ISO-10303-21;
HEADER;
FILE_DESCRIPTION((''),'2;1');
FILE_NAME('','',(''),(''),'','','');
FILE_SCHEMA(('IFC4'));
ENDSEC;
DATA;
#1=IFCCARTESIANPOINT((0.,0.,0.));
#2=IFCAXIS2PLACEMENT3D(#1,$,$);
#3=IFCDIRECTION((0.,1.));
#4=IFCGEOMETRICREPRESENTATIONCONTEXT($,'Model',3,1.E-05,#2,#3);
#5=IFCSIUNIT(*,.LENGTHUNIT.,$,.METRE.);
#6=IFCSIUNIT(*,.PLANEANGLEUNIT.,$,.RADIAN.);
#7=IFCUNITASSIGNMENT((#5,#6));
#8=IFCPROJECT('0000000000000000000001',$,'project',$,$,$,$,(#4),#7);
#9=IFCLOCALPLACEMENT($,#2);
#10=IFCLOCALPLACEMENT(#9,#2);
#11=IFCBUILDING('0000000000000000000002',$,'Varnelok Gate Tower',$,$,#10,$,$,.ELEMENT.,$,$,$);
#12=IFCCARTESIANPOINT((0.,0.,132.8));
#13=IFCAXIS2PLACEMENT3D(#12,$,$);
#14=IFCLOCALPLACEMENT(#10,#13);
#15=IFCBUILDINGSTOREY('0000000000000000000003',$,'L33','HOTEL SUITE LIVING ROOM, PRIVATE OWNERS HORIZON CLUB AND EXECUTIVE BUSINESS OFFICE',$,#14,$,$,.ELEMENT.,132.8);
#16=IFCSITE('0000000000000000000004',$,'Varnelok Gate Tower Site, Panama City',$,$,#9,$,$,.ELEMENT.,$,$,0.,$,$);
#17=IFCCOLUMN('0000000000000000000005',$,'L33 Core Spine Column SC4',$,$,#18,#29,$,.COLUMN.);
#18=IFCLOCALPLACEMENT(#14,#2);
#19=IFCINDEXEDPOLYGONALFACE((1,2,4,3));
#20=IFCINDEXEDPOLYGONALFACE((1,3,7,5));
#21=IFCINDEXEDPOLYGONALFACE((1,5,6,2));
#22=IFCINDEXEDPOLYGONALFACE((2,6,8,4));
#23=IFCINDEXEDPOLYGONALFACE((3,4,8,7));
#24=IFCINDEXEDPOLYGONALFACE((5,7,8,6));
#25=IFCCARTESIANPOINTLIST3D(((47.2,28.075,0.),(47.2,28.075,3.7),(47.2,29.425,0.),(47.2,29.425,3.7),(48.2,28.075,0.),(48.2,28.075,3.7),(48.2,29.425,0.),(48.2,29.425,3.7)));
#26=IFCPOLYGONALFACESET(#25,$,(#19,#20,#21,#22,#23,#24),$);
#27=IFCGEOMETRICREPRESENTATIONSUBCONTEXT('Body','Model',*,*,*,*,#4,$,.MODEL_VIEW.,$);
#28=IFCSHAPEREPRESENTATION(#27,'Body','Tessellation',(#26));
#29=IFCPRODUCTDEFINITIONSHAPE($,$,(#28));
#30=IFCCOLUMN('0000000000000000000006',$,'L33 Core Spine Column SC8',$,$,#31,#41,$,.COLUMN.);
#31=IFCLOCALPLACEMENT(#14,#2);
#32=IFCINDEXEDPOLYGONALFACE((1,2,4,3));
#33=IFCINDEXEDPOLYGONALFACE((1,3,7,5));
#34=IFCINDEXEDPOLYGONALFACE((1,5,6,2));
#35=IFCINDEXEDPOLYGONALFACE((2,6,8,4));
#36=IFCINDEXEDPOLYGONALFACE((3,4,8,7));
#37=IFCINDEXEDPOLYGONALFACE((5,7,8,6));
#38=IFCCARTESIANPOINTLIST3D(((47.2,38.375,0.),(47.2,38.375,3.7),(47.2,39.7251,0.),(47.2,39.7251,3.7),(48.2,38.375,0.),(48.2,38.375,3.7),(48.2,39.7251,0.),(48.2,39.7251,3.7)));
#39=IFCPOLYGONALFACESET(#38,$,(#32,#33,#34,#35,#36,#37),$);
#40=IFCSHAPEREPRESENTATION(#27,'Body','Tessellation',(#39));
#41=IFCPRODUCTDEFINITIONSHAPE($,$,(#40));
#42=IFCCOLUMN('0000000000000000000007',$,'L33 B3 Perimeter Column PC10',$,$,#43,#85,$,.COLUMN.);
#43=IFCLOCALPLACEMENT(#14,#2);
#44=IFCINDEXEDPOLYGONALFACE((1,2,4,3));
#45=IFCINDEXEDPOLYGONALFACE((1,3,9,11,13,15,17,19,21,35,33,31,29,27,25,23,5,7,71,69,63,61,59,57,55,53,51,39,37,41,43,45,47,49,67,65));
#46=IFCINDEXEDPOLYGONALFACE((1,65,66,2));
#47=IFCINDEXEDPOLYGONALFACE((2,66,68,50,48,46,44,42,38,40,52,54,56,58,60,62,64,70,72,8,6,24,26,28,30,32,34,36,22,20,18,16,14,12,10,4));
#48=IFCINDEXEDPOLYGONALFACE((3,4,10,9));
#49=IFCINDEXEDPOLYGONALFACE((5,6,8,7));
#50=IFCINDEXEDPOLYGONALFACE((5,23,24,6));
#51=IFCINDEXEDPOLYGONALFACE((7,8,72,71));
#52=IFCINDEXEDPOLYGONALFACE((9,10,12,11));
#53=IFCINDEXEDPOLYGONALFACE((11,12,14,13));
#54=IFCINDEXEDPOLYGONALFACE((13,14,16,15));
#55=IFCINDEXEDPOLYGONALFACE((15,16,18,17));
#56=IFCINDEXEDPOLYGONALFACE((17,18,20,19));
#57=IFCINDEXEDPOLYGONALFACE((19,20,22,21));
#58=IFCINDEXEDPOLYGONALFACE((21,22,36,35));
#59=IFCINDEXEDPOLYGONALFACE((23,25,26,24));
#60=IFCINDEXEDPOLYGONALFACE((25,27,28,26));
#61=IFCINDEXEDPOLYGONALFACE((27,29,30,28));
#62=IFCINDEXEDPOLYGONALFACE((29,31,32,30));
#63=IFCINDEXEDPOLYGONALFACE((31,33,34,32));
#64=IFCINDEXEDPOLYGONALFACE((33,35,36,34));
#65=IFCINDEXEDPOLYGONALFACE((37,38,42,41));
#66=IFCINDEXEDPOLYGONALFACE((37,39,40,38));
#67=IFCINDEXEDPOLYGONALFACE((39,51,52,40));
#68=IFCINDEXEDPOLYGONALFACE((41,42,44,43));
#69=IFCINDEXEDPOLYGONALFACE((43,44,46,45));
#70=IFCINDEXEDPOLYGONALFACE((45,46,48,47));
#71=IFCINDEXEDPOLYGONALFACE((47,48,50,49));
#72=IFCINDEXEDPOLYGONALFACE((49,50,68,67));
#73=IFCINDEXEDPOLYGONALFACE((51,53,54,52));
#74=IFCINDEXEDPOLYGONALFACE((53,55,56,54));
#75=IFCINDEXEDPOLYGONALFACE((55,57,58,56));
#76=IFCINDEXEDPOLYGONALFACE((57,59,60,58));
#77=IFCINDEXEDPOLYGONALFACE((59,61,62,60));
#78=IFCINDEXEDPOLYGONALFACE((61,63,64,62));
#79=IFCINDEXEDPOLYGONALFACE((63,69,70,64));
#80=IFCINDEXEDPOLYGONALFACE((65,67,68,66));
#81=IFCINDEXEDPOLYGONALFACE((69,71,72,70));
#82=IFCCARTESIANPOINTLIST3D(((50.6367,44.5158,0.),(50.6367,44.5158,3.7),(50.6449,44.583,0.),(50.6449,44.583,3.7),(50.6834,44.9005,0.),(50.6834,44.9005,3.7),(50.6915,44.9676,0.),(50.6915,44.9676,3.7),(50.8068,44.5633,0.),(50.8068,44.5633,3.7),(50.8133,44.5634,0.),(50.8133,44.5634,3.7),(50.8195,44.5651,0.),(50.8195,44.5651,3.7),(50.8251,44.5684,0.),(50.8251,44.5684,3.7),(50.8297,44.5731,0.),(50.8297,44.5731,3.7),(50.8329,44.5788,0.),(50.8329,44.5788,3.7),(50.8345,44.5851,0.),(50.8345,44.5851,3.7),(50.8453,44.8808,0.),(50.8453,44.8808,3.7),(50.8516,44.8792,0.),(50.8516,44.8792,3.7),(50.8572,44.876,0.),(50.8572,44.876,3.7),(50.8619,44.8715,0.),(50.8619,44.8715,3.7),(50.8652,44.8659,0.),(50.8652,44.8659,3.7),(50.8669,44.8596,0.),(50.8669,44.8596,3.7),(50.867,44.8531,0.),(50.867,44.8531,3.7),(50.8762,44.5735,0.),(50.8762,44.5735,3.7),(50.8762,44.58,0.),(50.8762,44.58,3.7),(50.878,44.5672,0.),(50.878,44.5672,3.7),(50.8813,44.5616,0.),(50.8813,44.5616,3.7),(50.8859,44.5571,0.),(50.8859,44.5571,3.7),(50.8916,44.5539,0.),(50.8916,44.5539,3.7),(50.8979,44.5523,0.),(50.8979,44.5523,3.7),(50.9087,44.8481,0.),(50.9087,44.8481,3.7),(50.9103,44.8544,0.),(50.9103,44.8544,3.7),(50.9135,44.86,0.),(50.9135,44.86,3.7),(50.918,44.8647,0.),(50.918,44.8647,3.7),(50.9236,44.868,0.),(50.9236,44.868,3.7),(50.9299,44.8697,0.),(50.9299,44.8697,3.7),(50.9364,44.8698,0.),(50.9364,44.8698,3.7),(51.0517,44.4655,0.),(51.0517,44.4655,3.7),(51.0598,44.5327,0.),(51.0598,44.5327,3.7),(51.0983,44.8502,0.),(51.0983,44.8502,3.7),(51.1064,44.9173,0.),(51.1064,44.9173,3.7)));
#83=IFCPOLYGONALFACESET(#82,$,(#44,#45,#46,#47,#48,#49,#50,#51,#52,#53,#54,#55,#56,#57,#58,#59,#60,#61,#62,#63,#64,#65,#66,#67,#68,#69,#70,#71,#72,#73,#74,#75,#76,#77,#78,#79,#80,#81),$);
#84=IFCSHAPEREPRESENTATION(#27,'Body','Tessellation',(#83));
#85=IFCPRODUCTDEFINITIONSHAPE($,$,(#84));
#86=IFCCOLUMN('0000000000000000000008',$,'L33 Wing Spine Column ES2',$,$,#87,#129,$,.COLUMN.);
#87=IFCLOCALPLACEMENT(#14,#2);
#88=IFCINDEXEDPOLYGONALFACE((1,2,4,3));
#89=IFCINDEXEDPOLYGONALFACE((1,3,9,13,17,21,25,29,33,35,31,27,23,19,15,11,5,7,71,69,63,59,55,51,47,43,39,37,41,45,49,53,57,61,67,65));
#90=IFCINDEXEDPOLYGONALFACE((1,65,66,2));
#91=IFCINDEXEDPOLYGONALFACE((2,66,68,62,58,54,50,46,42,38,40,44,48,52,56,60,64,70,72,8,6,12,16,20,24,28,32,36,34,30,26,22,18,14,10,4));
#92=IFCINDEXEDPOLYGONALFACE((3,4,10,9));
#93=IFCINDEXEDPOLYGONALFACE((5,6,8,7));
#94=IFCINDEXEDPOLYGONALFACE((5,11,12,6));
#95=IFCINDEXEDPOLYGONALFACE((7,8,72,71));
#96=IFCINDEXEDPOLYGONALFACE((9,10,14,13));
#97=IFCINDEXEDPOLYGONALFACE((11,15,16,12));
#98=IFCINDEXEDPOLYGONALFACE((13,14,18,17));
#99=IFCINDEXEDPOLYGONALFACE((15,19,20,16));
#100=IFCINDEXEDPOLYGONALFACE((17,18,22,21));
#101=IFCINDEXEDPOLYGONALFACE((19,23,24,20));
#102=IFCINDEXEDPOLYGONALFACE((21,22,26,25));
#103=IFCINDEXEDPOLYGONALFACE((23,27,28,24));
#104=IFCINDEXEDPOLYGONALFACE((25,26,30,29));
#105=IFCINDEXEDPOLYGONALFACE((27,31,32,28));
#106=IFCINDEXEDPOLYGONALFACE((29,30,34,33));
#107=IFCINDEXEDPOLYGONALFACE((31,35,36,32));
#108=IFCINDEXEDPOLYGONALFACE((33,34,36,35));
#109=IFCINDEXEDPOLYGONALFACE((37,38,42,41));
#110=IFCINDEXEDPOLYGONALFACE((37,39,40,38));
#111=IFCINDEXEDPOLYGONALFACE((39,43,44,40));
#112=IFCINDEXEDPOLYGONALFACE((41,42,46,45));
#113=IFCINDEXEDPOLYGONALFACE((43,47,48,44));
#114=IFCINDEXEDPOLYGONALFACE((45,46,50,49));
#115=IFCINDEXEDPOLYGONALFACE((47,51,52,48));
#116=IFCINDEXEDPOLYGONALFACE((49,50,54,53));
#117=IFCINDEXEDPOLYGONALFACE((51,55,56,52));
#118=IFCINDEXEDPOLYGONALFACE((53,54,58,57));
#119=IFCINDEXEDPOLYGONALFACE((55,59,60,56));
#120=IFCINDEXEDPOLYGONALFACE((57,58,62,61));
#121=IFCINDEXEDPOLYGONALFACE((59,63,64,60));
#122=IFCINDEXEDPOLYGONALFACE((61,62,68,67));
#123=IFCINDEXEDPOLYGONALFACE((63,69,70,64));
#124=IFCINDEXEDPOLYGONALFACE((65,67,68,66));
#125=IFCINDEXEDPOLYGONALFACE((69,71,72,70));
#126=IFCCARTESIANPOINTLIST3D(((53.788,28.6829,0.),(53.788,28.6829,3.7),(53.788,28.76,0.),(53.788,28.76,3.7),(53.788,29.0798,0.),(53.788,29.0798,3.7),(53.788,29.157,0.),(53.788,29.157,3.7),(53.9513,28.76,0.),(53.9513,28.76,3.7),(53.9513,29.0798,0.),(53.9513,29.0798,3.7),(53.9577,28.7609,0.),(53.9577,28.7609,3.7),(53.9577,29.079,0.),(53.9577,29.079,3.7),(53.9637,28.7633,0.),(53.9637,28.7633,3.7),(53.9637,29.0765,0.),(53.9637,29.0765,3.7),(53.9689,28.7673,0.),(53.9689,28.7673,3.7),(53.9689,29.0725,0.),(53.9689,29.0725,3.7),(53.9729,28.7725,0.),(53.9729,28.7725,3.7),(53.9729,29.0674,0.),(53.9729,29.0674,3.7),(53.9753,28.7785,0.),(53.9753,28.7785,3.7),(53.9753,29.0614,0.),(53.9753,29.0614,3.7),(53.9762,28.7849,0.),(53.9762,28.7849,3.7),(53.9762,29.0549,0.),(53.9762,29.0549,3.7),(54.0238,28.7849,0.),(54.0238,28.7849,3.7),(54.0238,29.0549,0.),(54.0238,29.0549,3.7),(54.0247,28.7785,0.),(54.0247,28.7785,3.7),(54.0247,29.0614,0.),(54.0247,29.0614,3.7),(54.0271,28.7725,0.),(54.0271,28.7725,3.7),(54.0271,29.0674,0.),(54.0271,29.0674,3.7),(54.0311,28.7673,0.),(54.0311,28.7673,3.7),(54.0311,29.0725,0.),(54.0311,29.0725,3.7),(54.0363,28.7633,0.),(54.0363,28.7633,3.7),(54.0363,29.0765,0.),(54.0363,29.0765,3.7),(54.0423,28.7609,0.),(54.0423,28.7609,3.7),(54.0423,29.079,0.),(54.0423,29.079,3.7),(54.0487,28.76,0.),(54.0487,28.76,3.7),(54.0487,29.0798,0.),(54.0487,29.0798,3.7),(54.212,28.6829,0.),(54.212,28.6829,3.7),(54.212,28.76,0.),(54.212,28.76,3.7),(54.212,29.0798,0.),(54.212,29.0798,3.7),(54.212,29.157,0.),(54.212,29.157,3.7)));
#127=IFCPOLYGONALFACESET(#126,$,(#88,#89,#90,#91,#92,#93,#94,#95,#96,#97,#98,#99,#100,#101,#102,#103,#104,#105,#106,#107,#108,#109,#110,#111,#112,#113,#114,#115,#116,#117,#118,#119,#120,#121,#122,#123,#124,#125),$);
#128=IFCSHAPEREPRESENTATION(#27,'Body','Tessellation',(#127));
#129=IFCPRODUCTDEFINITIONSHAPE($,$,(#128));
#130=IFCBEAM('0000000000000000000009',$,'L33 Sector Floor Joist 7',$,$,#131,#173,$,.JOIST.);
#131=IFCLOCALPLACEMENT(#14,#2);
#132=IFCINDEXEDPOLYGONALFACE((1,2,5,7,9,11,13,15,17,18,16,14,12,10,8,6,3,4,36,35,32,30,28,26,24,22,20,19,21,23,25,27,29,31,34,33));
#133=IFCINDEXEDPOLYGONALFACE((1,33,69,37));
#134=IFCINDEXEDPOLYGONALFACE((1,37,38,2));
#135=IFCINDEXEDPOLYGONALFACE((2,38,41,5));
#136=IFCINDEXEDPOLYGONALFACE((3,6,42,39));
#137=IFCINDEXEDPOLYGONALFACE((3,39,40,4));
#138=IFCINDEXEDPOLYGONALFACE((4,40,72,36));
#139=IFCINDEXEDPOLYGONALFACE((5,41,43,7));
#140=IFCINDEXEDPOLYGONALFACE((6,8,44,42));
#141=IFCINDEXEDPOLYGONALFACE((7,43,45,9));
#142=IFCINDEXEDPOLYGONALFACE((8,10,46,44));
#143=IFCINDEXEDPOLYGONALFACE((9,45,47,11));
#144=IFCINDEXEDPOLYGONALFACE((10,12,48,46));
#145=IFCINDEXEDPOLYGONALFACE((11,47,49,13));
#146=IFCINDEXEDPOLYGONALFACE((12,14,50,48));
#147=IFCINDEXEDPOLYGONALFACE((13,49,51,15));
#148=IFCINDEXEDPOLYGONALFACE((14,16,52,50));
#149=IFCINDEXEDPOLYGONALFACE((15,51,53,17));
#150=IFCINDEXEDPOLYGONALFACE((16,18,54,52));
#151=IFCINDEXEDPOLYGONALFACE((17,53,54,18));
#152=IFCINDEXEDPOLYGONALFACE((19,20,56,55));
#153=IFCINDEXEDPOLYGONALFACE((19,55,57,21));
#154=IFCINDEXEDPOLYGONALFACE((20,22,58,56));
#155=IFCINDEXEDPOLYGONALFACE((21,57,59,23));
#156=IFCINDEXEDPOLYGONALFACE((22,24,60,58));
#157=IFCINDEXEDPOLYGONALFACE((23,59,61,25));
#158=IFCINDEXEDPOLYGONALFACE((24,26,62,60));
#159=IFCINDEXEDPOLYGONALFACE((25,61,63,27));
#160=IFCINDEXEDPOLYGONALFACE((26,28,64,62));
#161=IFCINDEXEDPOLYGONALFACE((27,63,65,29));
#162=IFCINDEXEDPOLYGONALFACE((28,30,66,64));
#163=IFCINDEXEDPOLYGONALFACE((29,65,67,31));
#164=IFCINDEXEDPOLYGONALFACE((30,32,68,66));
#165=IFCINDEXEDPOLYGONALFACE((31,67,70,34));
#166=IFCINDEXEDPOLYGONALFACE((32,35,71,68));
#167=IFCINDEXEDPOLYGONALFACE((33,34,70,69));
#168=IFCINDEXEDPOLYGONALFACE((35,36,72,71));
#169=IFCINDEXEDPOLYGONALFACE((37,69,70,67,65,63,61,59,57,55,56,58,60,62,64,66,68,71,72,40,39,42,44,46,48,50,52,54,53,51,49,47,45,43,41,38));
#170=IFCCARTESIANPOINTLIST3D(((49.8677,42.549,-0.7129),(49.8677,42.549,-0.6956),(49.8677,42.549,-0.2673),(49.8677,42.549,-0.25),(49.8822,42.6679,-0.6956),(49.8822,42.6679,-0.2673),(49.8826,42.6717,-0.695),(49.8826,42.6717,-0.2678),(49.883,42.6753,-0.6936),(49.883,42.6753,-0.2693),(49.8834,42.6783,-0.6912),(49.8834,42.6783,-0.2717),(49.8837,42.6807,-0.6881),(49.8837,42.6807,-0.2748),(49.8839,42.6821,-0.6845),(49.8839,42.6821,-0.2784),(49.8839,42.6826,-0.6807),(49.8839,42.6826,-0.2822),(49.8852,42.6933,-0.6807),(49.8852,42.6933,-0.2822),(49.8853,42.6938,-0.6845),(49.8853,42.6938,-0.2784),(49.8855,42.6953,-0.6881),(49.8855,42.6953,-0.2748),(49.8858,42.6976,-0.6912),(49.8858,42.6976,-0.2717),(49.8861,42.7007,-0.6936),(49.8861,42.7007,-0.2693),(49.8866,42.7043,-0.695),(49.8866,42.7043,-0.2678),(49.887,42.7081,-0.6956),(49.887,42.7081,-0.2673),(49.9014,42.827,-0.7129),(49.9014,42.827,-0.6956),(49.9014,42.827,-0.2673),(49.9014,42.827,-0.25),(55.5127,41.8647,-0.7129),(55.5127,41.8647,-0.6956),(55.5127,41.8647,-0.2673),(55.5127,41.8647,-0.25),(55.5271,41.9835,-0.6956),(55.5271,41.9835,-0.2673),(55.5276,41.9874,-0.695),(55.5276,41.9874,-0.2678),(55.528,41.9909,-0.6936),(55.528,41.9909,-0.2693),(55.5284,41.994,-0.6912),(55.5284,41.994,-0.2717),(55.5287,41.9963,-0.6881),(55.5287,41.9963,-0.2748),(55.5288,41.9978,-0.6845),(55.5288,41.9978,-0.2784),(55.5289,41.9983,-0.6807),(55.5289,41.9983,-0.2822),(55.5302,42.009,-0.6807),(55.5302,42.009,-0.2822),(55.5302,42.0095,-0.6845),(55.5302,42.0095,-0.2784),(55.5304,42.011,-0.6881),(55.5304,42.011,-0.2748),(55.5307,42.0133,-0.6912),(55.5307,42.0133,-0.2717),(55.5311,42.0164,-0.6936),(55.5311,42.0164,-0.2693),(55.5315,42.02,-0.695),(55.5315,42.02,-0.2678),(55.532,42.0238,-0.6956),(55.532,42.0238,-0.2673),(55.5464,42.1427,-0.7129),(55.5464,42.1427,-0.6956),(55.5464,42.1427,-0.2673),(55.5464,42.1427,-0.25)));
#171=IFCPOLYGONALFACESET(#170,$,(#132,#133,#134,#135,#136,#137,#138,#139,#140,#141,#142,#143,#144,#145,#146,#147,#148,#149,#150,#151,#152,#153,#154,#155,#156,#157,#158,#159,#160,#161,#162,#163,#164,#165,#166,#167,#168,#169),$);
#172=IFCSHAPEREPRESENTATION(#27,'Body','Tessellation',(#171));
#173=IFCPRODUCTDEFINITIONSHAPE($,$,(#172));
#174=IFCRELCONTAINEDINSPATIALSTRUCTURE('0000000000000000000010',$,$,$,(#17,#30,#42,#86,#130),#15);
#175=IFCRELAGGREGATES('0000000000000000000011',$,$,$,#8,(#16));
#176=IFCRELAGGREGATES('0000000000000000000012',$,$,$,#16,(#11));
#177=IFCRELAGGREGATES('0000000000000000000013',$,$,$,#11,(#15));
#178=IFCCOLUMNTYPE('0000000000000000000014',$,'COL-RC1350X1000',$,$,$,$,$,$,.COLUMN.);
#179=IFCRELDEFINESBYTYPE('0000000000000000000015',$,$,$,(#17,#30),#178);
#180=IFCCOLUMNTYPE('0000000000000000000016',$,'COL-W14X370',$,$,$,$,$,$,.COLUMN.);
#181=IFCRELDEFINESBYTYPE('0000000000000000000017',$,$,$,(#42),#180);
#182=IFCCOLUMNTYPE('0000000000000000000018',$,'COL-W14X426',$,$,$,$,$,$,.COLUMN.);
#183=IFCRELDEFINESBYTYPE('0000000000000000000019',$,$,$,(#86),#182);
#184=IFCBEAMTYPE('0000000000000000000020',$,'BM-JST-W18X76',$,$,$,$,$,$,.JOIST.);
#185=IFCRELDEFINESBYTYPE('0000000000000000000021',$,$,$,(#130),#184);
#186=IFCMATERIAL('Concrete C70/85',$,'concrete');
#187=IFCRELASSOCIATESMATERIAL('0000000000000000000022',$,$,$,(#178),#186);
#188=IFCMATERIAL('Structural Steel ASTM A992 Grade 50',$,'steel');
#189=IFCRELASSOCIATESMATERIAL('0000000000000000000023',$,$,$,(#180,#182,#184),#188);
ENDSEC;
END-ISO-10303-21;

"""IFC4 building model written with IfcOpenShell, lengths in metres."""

from ifc_helpers import new_model, si_unit, direction, frame, origin, origin_2d, place, context, subcontext, project, spatial, rectangle, i_section, extrude, material, material_profile, profile_set, type_object, element, save


model = new_model("IFC4")

# Units and contexts
model_context = context("Model", 3, precision=1e-05, world=origin(), true_north=direction((0.0, 1.0)))
body_context = subcontext(model_context, "Body", "Model", "MODEL_VIEW")
ifc_project = project(units=[si_unit("LENGTHUNIT", "METRE"), si_unit("PLANEANGLEUNIT", "RADIAN")], contexts=[model_context])

# Site, building, storey
site_placement = place(None, origin())
site = spatial("IfcSite", under=ifc_project, at=site_placement, Name="Varnelok Gate Tower Site, Panama City", CompositionType="ELEMENT", RefElevation=0.0)
building_placement = place(site_placement, origin())
building = spatial("IfcBuilding", under=site, at=building_placement, Name="Varnelok Gate Tower", CompositionType="ELEMENT")
storey_placement = place(building_placement, frame((0.0, 0.0, 132.8)))
storey = spatial("IfcBuildingStorey", under=building, at=storey_placement, Name="L33", Description="HOTEL SUITE LIVING ROOM, PRIVATE OWNERS HORIZON CLUB AND EXECUTIVE BUSINESS OFFICE", CompositionType="ELEMENT", Elevation=132.8)

# Columns
ifc_material_1 = material(Name="Concrete C70/85", Category="concrete")
ifc_material_profile_1 = material_profile(ifc_material_1, rectangle(XDim=1.0, YDim=1.3501, at=origin_2d()), Name="RC1350X1000")
ifc_profile_set_1 = profile_set([ifc_material_profile_1], Name="Concrete C70/85")
column_type_1 = type_object("IfcColumnType", Name="COL-RC1350X1000", PredefinedType="COLUMN", material=ifc_profile_set_1)
for number, where, z_axis, x_axis, name in (
    (1, (47.7, 28.75, 0.0), (0.0, 0.0, 1.0), (1.0, 0.0, 0.0), "L33 Core Spine Column SC4"),
    (2, (47.7, 39.05, 0.0), (0.0, 0.0, 1.0), (1.0, 0.0, 0.0), "L33 Core Spine Column SC8"),
):
    element("IfcColumn", number, at=place(storey_placement, frame(where, z_axis=z_axis, x_axis=x_axis)), inside=storey, type_object=column_type_1, Name=name, PredefinedType="COLUMN", context=body_context, shape_type="SweptSolid", body=[
        extrude(rectangle(XDim=1.0, YDim=1.3501, at=origin_2d()), origin(), (0.0, 0.0, 1.0), 3.7),
    ])
ifc_material_2 = material(Name="Structural Steel ASTM A992 Grade 50", Category="steel")
ifc_material_profile_2 = material_profile(ifc_material_2, i_section(OverallWidth=0.418, OverallDepth=0.4551, WebThickness=0.042, FlangeThickness=0.0676, FilletRadius=0.0249, at=origin_2d()), Name="W14X370")
ifc_profile_set_2 = profile_set([ifc_material_profile_2], Name="Structural Steel ASTM A992 Grade 50")
column_type_2 = type_object("IfcColumnType", Name="COL-W14X370", PredefinedType="COLUMN", material=ifc_profile_set_2)
column_1_placement = place(storey_placement, frame((50.8716, 44.7166, 0.0), z_axis=(0.0, 0.0, 1.0), x_axis=(0.992732, -0.120345, 0.0)))
element("IfcColumn", 3, at=column_1_placement, inside=storey, type_object=column_type_2, Name="L33 B3 Perimeter Column PC10", PredefinedType="COLUMN", context=body_context, shape_type="SweptSolid", body=[
    extrude(i_section(OverallWidth=0.418, OverallDepth=0.4551, WebThickness=0.042, FlangeThickness=0.0676, FilletRadius=0.0249, at=origin_2d()), origin(), (0.0, 0.0, 1.0), 3.7),
])
ifc_material_profile_3 = material_profile(ifc_material_2, i_section(OverallWidth=0.4241, OverallDepth=0.4741, WebThickness=0.0476, FlangeThickness=0.0771, FilletRadius=0.0249, at=origin_2d()), Name="W14X426")
ifc_profile_set_3 = profile_set([ifc_material_profile_3], Name="Structural Steel ASTM A992 Grade 50")
column_type_3 = type_object("IfcColumnType", Name="COL-W14X426", PredefinedType="COLUMN", material=ifc_profile_set_3)
column_2_placement = place(storey_placement, frame((54.0, 28.9199, 0.0), z_axis=(0.0, 0.0, 1.0), x_axis=(1.0, 0.0, 0.0)))
element("IfcColumn", 4, at=column_2_placement, inside=storey, type_object=column_type_3, Name="L33 Wing Spine Column ES2", PredefinedType="COLUMN", context=body_context, shape_type="SweptSolid", body=[
    extrude(i_section(OverallWidth=0.4241, OverallDepth=0.4741, WebThickness=0.0476, FlangeThickness=0.0771, FilletRadius=0.0249, at=origin_2d()), origin(), (0.0, 0.0, 1.0), 3.7),
])

# Beam
ifc_material_profile_4 = material_profile(ifc_material_2, i_section(OverallWidth=0.28, OverallDepth=0.4629, WebThickness=0.0107, FlangeThickness=0.0173, FilletRadius=0.0149, at=origin_2d()), Name="W18X76")
ifc_profile_set_4 = profile_set([ifc_material_profile_4], Name="Structural Steel ASTM A992 Grade 50")
beam_type_1 = type_object("IfcBeamType", Name="BM-JST-W18X76", PredefinedType="JOIST", material=ifc_profile_set_4)
beam_1_placement = place(storey_placement, frame((55.5295, 42.0037, -0.4814), z_axis=(-0.992732, 0.120345, 0.0), x_axis=(-0.120345, -0.992732, 0.0)))
element("IfcBeam", 5, at=beam_1_placement, inside=storey, type_object=beam_type_1, Name="L33 Sector Floor Joist 7", PredefinedType="JOIST", context=body_context, shape_type="SweptSolid", body=[
    extrude(i_section(OverallWidth=0.28, OverallDepth=0.4629, WebThickness=0.0107, FlangeThickness=0.0173, FilletRadius=0.0149, at=origin_2d()), origin(), (0.0, 0.0, 1.0), 5.6863),
])

save(model, "model.ifc")
